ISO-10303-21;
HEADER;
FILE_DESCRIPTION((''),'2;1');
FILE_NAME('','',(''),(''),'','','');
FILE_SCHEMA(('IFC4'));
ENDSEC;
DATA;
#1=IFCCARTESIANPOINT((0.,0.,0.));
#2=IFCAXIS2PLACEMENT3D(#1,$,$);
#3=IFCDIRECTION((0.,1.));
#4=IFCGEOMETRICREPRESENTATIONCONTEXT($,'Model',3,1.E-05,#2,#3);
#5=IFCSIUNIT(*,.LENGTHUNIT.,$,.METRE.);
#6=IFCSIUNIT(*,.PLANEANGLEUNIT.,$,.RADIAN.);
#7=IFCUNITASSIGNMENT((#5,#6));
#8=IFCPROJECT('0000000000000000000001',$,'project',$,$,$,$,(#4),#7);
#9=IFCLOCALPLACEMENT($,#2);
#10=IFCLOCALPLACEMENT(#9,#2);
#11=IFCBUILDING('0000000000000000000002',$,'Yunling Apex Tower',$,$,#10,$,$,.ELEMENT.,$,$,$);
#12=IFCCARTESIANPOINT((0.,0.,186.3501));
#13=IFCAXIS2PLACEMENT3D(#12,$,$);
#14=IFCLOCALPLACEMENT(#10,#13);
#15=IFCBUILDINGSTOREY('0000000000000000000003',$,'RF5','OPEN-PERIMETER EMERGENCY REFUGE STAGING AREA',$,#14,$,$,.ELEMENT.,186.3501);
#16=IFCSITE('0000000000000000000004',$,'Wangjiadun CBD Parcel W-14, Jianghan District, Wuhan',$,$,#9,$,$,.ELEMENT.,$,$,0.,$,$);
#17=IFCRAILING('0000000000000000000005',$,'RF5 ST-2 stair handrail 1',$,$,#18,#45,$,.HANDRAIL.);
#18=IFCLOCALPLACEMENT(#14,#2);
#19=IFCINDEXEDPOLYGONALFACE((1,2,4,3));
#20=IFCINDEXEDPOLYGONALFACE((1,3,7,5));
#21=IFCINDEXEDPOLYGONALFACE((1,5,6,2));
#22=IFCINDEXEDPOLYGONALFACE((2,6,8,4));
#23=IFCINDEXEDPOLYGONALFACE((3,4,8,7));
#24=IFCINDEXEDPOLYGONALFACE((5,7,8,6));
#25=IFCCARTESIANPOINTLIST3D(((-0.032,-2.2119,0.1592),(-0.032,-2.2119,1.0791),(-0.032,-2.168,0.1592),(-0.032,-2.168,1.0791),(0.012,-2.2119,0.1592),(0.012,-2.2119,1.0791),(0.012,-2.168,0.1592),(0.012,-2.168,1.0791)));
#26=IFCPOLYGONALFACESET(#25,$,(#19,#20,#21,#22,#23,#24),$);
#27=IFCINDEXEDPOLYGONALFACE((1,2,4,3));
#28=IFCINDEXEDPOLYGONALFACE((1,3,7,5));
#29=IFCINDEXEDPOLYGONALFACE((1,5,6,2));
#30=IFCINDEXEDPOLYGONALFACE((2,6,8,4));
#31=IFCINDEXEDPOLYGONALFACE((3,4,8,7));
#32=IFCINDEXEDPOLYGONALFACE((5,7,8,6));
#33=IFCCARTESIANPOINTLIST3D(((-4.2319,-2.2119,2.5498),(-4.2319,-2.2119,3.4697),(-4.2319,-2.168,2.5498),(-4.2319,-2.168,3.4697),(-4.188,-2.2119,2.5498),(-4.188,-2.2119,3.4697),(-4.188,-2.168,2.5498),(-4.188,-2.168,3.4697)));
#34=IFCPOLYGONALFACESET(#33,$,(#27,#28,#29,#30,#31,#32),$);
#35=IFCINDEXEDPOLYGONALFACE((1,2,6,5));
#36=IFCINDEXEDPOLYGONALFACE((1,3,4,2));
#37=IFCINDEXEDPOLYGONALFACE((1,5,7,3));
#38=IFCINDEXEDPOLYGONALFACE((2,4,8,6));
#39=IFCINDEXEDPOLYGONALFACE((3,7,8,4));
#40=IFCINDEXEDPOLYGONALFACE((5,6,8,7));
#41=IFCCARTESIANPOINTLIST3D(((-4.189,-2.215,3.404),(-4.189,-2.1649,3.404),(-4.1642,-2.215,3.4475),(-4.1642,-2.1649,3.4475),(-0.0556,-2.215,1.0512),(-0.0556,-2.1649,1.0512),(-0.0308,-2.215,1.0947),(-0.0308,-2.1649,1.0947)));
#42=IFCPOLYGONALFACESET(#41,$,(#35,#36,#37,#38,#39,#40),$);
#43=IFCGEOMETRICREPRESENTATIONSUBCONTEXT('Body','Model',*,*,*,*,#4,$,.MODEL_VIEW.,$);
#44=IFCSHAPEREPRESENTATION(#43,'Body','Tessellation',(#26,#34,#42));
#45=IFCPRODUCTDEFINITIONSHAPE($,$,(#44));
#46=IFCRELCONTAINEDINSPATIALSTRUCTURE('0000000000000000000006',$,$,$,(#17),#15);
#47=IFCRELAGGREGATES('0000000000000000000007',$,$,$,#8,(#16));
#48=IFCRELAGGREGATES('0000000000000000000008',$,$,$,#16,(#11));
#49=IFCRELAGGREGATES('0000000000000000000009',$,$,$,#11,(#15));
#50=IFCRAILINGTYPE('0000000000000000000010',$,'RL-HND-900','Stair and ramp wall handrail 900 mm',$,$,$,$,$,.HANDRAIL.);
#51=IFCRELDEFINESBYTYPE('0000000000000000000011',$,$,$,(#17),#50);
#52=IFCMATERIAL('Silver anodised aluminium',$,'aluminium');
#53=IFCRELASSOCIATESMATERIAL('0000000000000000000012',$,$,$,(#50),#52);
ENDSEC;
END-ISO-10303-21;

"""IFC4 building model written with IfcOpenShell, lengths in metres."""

from ifc_helpers import new_model, si_unit, direction, frame, origin, origin_2d, place, context, subcontext, project, spatial, rectangle, extrude, material, type_object, element, save


model = new_model("IFC4")

# Units and contexts
model_context = context("Model", 3, precision=1e-05, world=origin(), true_north=direction((0.0, 1.0)))
body_context = subcontext(model_context, "Body", "Model", "MODEL_VIEW")
ifc_project = project(units=[si_unit("LENGTHUNIT", "METRE"), si_unit("PLANEANGLEUNIT", "RADIAN")], contexts=[model_context])

# Site, building, storey
site_placement = place(None, origin())
site = spatial("IfcSite", under=ifc_project, at=site_placement, Name="Wangjiadun CBD Parcel W-14, Jianghan District, Wuhan", CompositionType="ELEMENT", RefElevation=0.0)
building_placement = place(site_placement, origin())
building = spatial("IfcBuilding", under=site, at=building_placement, Name="Yunling Apex Tower", CompositionType="ELEMENT")
storey_placement = place(building_placement, frame((0.0, 0.0, 186.3501)))
storey = spatial("IfcBuildingStorey", under=building, at=storey_placement, Name="RF5", Description="OPEN-PERIMETER EMERGENCY REFUGE STAGING AREA", CompositionType="ELEMENT", Elevation=186.3501)

# Railing
ifc_material_1 = material(Name="Silver anodised aluminium", Category="aluminium")
railing_type_1 = type_object("IfcRailingType", Name="RL-HND-900", Description="Stair and ramp wall handrail 900 mm", PredefinedType="HANDRAIL", material=ifc_material_1)
railing_1_placement = place(storey_placement, frame((-0.01, -2.1899, 0.1592)))
element("IfcRailing", 1, at=railing_1_placement, inside=storey, type_object=railing_type_1, Name="RF5 ST-2 stair handrail 1", PredefinedType="HANDRAIL", context=body_context, shape_type="SweptSolid", body=[
    extrude(rectangle(XDim=0.0439, YDim=0.0439, at=origin_2d()), origin(), (0.0, 0.0, 1.0), 0.9199),
    extrude(rectangle(XDim=0.0439, YDim=0.0439, at=origin_2d()), frame((-4.2, 0.0, 2.3906)), (0.0, 0.0, 1.0), 0.9199),
    extrude(rectangle(XDim=0.05, YDim=0.05, at=origin_2d()), frame((-0.0332, 0.0, 0.9138), z_axis=(-0.869075, 0.0, 0.49468), x_axis=(0.0, -1.0, 0.0)), (0.0, 0.0, 1.0), 4.7561),
])

save(model, "model.ifc")
